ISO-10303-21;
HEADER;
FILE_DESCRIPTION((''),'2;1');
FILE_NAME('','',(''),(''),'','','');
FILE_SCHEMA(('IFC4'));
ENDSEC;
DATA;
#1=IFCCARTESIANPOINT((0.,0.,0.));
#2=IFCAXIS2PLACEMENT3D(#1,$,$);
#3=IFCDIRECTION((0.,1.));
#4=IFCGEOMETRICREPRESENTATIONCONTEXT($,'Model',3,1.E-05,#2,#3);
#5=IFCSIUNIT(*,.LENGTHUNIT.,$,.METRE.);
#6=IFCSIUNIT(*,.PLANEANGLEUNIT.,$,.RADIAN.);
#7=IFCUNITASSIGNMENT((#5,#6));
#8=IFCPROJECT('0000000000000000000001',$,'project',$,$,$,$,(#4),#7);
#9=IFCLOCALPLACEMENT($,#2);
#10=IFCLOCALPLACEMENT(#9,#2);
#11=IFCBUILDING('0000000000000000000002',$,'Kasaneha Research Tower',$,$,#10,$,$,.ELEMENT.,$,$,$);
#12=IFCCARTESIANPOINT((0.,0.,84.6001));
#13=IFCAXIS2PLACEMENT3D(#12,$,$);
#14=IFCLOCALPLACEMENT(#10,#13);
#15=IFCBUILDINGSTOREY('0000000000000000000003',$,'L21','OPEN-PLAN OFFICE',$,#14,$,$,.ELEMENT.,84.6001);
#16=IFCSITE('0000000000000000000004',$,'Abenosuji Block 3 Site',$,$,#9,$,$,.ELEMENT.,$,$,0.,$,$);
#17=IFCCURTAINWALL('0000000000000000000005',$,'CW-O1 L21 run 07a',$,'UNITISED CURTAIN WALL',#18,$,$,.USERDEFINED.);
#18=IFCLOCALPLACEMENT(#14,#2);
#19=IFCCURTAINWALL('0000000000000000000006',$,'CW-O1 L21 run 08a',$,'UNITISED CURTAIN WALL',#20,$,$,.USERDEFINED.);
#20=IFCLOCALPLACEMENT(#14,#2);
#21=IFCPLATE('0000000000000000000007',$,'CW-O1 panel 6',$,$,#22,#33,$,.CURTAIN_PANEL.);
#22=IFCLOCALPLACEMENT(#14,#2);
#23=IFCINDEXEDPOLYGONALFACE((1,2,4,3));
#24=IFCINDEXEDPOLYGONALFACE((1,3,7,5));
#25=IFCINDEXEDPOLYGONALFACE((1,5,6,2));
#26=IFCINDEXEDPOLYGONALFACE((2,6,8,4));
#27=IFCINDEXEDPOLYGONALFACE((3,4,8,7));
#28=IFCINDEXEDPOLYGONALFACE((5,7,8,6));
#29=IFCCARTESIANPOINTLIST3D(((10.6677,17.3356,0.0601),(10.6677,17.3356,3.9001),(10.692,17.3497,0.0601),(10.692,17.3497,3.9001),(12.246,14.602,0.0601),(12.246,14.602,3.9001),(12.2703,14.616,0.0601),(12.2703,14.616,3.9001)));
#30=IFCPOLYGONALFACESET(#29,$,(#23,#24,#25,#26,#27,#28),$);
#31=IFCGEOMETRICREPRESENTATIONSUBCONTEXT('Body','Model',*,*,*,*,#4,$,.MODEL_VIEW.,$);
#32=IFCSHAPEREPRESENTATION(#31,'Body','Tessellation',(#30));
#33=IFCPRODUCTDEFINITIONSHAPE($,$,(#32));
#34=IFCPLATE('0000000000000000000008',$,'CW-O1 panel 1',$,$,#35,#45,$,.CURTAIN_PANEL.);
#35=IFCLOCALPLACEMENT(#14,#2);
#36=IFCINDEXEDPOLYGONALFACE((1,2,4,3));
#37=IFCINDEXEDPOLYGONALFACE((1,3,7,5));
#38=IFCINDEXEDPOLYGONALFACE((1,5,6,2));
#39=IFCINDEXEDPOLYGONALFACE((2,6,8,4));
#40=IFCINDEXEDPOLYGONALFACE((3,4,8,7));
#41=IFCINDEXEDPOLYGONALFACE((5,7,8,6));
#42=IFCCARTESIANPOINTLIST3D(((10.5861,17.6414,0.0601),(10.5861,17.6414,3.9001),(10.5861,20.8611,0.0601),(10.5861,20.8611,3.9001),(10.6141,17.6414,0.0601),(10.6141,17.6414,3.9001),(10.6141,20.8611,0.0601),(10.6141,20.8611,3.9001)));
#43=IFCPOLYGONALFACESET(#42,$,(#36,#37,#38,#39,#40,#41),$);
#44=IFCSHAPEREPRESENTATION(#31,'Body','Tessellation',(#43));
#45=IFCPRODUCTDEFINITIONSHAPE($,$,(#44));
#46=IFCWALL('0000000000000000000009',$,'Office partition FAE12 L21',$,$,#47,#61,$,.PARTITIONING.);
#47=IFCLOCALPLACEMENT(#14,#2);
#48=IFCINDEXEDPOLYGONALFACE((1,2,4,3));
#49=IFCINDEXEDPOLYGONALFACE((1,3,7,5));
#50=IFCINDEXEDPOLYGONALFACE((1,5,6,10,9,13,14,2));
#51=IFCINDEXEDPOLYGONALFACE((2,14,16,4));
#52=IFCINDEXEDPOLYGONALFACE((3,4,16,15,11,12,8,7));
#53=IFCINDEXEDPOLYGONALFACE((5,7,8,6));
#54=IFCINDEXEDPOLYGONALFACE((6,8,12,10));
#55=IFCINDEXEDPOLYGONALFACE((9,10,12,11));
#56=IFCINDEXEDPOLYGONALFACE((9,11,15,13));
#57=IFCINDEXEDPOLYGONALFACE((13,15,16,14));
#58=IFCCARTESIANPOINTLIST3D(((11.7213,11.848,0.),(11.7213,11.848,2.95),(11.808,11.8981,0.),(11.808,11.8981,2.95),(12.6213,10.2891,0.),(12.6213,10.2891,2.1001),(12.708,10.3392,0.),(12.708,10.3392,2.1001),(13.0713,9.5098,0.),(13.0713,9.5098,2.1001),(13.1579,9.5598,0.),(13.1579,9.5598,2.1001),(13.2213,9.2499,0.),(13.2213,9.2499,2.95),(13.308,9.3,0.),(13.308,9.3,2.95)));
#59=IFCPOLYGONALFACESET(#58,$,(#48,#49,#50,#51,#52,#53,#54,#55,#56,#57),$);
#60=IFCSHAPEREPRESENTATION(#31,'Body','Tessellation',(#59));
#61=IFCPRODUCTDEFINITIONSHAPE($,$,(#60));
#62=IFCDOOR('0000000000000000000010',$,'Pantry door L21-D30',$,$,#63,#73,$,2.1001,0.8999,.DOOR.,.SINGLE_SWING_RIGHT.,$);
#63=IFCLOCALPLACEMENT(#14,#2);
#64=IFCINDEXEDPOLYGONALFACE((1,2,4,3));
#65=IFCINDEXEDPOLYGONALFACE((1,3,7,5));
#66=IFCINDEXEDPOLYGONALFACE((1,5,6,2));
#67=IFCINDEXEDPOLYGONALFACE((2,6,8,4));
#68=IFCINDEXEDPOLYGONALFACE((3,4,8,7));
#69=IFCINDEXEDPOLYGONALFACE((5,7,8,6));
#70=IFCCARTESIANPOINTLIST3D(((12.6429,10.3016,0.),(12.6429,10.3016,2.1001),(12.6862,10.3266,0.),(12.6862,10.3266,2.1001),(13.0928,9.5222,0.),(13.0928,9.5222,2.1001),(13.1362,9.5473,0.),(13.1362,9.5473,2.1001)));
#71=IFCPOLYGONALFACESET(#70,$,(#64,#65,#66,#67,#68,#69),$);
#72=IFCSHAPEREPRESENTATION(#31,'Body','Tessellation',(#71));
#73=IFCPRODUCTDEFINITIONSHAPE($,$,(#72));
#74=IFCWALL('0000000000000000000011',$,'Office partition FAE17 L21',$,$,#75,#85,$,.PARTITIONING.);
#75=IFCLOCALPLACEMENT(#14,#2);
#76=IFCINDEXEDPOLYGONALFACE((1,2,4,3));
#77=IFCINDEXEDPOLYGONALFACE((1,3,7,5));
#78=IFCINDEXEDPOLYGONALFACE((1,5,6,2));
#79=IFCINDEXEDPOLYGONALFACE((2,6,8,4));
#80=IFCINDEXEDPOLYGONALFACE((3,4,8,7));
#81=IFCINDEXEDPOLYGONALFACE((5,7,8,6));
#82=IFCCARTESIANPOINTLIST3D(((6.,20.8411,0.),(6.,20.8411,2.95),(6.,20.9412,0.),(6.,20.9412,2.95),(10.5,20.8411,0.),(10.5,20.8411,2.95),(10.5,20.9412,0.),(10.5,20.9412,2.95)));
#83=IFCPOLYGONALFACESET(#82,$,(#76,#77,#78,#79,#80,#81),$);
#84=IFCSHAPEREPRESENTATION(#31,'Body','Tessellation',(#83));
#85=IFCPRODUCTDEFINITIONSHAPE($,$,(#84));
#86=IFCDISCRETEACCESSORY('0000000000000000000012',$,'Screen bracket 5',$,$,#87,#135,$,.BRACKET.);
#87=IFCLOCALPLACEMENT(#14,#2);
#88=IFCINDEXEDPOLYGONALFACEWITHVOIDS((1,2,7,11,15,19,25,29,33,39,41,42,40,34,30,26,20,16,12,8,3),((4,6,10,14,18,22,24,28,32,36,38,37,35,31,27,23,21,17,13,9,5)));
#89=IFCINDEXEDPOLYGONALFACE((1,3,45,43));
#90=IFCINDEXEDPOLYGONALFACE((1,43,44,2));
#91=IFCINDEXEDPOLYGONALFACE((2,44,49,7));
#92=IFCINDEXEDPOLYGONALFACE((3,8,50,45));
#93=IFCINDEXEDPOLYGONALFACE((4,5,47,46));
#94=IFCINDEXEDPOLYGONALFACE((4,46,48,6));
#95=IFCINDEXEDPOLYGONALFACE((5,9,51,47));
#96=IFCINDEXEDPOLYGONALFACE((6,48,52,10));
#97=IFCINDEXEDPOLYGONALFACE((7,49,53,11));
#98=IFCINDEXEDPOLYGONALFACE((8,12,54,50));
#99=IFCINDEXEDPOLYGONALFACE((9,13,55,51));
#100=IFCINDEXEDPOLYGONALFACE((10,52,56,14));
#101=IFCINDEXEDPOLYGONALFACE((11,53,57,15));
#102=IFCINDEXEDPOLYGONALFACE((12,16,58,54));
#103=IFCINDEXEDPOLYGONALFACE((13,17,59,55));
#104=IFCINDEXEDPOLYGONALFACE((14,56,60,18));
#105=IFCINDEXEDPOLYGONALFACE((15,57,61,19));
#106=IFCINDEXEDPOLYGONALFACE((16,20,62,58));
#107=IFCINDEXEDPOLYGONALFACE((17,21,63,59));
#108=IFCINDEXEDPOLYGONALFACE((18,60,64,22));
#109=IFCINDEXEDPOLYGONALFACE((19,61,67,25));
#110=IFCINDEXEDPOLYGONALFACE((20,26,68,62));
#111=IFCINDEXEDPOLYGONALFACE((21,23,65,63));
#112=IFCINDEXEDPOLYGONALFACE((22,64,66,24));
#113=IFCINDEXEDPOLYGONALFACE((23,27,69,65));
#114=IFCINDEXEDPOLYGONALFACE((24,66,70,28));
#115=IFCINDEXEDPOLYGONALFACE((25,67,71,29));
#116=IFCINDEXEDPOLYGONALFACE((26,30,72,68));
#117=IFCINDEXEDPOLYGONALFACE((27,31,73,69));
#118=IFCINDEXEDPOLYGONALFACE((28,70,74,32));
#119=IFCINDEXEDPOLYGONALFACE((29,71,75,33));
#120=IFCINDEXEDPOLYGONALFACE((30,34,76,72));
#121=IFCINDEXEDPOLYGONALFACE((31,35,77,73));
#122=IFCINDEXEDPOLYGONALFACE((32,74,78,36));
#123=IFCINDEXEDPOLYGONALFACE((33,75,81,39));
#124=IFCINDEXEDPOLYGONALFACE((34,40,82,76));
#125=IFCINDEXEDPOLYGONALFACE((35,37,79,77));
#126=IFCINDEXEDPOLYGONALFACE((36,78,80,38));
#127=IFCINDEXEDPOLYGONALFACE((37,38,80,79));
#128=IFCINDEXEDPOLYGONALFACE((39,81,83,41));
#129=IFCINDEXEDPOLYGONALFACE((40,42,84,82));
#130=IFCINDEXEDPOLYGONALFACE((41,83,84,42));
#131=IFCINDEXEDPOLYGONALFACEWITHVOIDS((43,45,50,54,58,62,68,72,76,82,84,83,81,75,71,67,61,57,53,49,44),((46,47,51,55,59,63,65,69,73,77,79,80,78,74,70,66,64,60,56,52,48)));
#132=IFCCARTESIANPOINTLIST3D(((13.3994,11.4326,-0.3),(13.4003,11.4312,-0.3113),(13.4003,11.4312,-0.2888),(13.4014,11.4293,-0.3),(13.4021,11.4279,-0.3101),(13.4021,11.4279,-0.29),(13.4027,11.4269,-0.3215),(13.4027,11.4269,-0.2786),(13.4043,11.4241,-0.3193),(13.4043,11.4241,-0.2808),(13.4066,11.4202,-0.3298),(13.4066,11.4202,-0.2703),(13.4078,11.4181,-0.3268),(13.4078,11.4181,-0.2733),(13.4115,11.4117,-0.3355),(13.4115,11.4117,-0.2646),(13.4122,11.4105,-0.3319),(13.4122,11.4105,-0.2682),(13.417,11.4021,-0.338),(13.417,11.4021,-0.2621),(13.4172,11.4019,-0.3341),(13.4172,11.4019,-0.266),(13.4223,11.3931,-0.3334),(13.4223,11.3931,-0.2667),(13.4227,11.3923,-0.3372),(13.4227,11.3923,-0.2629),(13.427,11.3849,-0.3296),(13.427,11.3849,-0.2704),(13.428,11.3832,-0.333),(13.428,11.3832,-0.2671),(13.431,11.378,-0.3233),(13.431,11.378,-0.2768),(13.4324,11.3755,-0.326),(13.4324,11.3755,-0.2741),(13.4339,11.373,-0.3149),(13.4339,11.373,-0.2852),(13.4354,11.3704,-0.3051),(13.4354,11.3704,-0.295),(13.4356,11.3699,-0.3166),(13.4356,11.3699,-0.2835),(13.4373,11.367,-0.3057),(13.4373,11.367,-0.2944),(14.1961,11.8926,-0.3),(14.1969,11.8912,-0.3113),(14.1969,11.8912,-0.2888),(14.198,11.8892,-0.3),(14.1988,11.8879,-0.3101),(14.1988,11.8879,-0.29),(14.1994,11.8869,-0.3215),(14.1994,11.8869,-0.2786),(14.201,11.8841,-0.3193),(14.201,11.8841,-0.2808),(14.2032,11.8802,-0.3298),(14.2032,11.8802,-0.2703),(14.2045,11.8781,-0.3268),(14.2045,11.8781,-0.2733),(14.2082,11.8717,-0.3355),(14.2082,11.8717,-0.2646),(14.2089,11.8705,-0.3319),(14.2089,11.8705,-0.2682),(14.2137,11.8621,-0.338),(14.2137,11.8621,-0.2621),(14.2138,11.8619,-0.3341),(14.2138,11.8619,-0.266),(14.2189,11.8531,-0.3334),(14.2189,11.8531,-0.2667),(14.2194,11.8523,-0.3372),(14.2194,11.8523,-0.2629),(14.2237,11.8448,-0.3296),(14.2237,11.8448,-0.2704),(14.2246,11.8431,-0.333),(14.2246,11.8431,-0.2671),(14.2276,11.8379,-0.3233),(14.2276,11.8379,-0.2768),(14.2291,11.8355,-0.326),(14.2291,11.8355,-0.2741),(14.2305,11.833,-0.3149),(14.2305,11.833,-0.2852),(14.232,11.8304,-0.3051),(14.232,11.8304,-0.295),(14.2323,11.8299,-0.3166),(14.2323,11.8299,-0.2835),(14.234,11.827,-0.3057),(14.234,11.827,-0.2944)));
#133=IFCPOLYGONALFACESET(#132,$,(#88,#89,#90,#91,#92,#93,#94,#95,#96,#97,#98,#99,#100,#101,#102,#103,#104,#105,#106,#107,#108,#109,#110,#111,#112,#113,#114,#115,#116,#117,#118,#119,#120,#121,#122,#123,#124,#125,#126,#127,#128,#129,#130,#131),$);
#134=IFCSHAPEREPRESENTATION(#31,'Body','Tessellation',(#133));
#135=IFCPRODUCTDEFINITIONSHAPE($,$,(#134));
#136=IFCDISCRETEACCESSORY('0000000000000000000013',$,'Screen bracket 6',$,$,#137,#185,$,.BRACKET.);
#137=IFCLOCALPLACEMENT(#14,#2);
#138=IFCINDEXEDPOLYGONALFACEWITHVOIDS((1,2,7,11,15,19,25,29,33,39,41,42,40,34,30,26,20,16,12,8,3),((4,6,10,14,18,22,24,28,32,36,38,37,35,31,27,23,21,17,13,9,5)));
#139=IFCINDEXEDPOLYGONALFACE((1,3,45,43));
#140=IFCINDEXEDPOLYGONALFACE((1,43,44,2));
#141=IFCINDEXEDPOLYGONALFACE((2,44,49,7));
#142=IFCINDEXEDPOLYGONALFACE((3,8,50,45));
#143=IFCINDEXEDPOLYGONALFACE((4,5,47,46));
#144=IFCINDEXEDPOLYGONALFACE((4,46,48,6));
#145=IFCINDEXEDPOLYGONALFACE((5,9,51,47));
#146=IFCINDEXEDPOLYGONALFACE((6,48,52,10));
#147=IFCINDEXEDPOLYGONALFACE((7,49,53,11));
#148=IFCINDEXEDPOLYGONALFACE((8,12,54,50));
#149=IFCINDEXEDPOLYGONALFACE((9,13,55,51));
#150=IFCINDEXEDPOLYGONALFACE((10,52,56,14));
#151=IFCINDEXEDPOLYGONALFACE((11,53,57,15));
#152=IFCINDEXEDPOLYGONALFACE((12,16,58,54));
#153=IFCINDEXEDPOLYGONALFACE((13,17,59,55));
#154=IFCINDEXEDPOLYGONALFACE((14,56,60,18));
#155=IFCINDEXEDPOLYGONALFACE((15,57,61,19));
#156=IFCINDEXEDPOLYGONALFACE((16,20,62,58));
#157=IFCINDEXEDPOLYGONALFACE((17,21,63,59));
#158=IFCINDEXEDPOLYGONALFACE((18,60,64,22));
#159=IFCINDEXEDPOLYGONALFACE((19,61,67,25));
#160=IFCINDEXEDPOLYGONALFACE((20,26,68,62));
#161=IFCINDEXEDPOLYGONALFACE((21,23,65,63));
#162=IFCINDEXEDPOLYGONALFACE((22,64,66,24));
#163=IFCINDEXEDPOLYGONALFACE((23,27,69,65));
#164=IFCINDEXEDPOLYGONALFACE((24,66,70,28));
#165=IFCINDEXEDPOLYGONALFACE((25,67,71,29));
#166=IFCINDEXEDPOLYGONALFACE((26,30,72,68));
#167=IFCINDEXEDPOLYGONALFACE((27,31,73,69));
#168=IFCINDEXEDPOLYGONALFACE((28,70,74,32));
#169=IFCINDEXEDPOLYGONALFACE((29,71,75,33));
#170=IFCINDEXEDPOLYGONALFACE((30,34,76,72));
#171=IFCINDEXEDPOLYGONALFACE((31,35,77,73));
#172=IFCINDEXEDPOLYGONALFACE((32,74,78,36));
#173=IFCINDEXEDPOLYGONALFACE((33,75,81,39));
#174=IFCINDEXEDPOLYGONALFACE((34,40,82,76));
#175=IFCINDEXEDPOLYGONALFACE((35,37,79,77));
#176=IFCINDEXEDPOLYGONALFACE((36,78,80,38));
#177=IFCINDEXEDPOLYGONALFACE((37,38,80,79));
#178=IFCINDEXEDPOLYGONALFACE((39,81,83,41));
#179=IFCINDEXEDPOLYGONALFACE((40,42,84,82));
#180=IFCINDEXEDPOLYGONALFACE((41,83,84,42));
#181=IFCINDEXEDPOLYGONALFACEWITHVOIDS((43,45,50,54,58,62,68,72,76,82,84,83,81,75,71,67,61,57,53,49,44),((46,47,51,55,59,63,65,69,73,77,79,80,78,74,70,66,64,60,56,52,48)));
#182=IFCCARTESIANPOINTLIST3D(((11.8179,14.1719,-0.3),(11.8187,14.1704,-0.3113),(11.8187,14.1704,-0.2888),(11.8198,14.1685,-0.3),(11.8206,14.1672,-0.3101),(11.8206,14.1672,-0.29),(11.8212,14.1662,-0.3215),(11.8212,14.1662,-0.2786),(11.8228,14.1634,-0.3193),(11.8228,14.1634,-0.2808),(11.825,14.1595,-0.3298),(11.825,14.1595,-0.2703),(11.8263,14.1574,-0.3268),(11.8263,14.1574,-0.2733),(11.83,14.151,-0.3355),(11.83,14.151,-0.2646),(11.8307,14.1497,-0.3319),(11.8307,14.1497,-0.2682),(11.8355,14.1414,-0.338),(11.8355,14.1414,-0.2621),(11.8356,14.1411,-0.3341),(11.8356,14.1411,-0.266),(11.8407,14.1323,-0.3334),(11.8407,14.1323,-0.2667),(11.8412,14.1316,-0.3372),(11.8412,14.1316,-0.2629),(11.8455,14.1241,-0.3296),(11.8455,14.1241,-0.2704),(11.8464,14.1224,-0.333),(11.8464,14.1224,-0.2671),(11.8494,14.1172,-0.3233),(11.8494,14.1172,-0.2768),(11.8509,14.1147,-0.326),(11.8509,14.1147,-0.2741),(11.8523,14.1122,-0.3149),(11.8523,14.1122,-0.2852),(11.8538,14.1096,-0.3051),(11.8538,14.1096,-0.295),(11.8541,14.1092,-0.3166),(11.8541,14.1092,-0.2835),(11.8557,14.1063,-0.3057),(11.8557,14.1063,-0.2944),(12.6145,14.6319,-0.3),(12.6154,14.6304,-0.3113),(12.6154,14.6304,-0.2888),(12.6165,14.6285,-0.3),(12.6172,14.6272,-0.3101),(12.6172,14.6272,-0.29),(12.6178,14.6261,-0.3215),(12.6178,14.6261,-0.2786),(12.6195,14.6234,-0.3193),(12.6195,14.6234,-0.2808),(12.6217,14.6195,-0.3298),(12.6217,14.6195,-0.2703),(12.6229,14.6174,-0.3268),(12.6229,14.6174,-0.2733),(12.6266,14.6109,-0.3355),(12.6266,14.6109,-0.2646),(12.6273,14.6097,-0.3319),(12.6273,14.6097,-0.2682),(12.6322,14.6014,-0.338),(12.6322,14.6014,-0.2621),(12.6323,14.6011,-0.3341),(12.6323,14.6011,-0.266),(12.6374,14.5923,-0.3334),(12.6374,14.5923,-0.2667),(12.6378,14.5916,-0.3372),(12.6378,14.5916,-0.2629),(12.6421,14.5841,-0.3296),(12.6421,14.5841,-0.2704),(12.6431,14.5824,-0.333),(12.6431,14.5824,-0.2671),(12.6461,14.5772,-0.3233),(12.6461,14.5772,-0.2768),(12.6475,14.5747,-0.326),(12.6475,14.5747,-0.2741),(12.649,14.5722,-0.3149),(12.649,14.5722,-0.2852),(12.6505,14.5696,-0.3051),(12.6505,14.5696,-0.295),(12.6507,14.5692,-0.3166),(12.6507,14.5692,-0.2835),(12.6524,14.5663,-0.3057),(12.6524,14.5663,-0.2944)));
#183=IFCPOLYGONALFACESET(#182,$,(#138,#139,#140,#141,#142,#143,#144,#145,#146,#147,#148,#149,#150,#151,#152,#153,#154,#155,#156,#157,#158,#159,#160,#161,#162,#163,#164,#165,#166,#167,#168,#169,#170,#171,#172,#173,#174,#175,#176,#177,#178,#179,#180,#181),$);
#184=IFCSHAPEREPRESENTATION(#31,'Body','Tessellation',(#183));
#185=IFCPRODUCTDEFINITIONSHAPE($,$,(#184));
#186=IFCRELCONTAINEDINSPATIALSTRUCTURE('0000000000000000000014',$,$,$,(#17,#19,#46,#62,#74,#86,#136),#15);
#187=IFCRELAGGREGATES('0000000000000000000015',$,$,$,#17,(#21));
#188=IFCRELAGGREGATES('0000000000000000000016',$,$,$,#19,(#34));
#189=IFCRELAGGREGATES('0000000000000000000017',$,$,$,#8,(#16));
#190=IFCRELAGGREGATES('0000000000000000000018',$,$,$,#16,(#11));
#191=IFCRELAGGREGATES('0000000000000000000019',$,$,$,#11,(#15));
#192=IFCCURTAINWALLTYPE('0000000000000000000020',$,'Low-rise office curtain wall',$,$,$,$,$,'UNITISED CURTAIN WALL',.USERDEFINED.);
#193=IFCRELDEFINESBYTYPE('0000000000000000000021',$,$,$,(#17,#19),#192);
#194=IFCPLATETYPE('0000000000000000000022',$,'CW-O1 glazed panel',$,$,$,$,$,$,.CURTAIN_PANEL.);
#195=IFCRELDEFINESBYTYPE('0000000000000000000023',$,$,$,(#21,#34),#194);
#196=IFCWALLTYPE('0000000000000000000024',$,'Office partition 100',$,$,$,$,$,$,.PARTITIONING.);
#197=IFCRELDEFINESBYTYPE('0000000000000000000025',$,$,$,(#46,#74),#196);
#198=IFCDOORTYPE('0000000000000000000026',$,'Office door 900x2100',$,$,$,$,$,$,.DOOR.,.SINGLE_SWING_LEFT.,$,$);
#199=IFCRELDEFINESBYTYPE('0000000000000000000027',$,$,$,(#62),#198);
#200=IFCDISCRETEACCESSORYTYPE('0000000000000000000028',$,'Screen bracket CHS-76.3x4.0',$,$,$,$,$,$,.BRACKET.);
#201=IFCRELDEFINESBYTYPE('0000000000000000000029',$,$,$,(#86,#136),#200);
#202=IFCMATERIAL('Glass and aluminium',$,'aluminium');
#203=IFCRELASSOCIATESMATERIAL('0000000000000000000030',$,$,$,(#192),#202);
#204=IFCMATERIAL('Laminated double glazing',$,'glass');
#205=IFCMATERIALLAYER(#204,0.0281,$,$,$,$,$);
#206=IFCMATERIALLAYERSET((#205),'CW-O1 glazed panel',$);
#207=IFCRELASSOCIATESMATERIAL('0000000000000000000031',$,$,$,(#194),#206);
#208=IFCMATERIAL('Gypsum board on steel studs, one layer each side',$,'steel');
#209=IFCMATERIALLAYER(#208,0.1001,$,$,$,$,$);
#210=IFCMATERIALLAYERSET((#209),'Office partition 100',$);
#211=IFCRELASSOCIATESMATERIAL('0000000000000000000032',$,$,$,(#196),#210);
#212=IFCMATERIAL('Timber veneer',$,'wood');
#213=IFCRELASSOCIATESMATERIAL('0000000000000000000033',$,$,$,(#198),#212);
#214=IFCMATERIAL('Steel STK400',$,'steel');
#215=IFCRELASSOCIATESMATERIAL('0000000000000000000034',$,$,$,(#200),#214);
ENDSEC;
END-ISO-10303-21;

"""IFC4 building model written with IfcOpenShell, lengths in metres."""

from ifc_helpers import new_model, si_unit, direction, frame, frame_2d, origin, origin_2d, place, context, subcontext, project, spatial, rectangle, hollow_circle, extrude, material, layer, layer_set, material_profile, profile_set, type_object, element, fill, aggregate, save


model = new_model("IFC4")

# Units and contexts
model_context = context("Model", 3, precision=1e-05, world=origin(), true_north=direction((0.0, 1.0)))
body_context = subcontext(model_context, "Body", "Model", "MODEL_VIEW")
ifc_project = project(units=[si_unit("LENGTHUNIT", "METRE"), si_unit("PLANEANGLEUNIT", "RADIAN")], contexts=[model_context])

# Site, building, storey
site_placement = place(None, origin())
site = spatial("IfcSite", under=ifc_project, at=site_placement, Name="Abenosuji Block 3 Site", CompositionType="ELEMENT", RefElevation=0.0)
building_placement = place(site_placement, origin())
building = spatial("IfcBuilding", under=site, at=building_placement, Name="Kasaneha Research Tower", CompositionType="ELEMENT")
storey_placement = place(building_placement, frame((0.0, 0.0, 84.6001)))
storey = spatial("IfcBuildingStorey", under=building, at=storey_placement, Name="L21", Description="OPEN-PLAN OFFICE", CompositionType="ELEMENT", Elevation=84.6001)

# Curtain walls
ifc_material_1 = material(Name="Glass and aluminium", Category="aluminium")
curtain_wall_type = type_object("IfcCurtainWallType", Name="Low-rise office curtain wall", ElementType="UNITISED CURTAIN WALL", PredefinedType="USERDEFINED", material=ifc_material_1)
curtain_wall_1_placement = place(storey_placement, origin())
curtain_wall_1 = element("IfcCurtainWall", 1, at=curtain_wall_1_placement, inside=storey, type_object=curtain_wall_type, Name="CW-O1 L21 run 07a", ObjectType="UNITISED CURTAIN WALL", PredefinedType="USERDEFINED")
curtain_wall_2_placement = place(storey_placement, origin())
curtain_wall_2 = element("IfcCurtainWall", 2, at=curtain_wall_2_placement, inside=storey, type_object=curtain_wall_type, Name="CW-O1 L21 run 08a", ObjectType="UNITISED CURTAIN WALL", PredefinedType="USERDEFINED")

# Plates
ifc_material_2 = material(Name="Laminated double glazing", Category="glass")
ifc_layer_1 = layer(ifc_material_2, 0.0281)
ifc_layer_set_1 = layer_set([ifc_layer_1], Name="CW-O1 glazed panel")
plate_type = type_object("IfcPlateType", Name="CW-O1 glazed panel", PredefinedType="CURTAIN_PANEL", material=ifc_layer_set_1)
plate_1_placement = place(storey_placement, frame((11.469, 15.9758, 0.0601), z_axis=(0.0, 0.0, 1.0), x_axis=(-0.5, 0.866025, 0.0)))
plate_1 = element("IfcPlate", 3, at=plate_1_placement, type_object=plate_type, Name="CW-O1 panel 6", PredefinedType="CURTAIN_PANEL", context=body_context, shape_type="SweptSolid", body=[
    extrude(rectangle(XDim=3.1565, YDim=0.0281, at=origin_2d()), origin(), (0.0, 0.0, 1.0), 3.8401),
])
aggregate(curtain_wall_1, [plate_1])
plate_2_placement = place(storey_placement, frame((10.6001, 19.2512, 0.0601), z_axis=(0.0, 0.0, 1.0), x_axis=(0.0, 1.0, 0.0)))
plate_2 = element("IfcPlate", 4, at=plate_2_placement, type_object=plate_type, Name="CW-O1 panel 1", PredefinedType="CURTAIN_PANEL", context=body_context, shape_type="SweptSolid", body=[
    extrude(rectangle(XDim=3.2197, YDim=0.0281, at=origin_2d()), origin(), (0.0, 0.0, 1.0), 3.8401),
])
aggregate(curtain_wall_2, [plate_2])

# Wall, opening, door
ifc_material_3 = material(Name="Gypsum board on steel studs, one layer each side", Category="steel")
ifc_layer_2 = layer(ifc_material_3, 0.1001)
ifc_layer_set_2 = layer_set([ifc_layer_2], Name="Office partition 100")
wall_type = type_object("IfcWallType", Name="Office partition 100", PredefinedType="PARTITIONING", material=ifc_layer_set_2)
wall_1_placement = place(storey_placement, frame((11.7646, 11.873, 0.0), z_axis=(0.0, 0.0, 1.0), x_axis=(0.49999, -0.866031, 0.0)))
wall_1 = element("IfcWall", 5, at=wall_1_placement, inside=storey, type_object=wall_type, Name="Office partition FAE12 L21", PredefinedType="PARTITIONING", context=body_context, shape_type="SweptSolid", body=[
    extrude(rectangle(XDim=3.0, YDim=0.1001, at=frame_2d((1.5, 0.0))), origin(), (0.0, 0.0, 1.0), 2.95),
])
opening_placement = place(wall_1_placement, frame((1.8, 0.0, 0.0)))
opening = element("IfcOpeningElement", 6, at=opening_placement, cuts=wall_1, PredefinedType="OPENING", context=body_context, shape_type="SweptSolid", body=[
    extrude(rectangle(XDim=0.8999, YDim=2.1001, at=frame_2d((0.45, 1.05))), frame((0.0, 0.0601, 0.0), z_axis=(0.0, -1.0, 0.0), x_axis=(1.0, 0.0, 0.0)), (0.0, 0.0, 1.0), 0.1201),
])
ifc_material_4 = material(Name="Timber veneer", Category="wood")
door_type = type_object("IfcDoorType", Name="Office door 900x2100", OperationType="SINGLE_SWING_LEFT", PredefinedType="DOOR", material=ifc_material_4)
door_placement = place(opening_placement, origin())
door = element("IfcDoor", 7, at=door_placement, inside=storey, type_object=door_type, Name="Pantry door L21-D30", OperationType="SINGLE_SWING_RIGHT", OverallHeight=2.1001, OverallWidth=0.8999, PredefinedType="DOOR", context=body_context, shape_type="SweptSolid", body=[
    extrude(rectangle(XDim=0.8999, YDim=2.1001, at=frame_2d((0.45, 1.05))), frame((0.0, 0.0249, 0.0), z_axis=(0.0, -1.0, 0.0), x_axis=(1.0, 0.0, 0.0)), (0.0, 0.0, 1.0), 0.05),
])
fill(opening, door)

# Wall
wall_2_placement = place(storey_placement, frame((10.5, 20.8911, 0.0), z_axis=(0.0, 0.0, 1.0), x_axis=(-1.0, 0.0, 0.0)))
element("IfcWall", 8, at=wall_2_placement, inside=storey, type_object=wall_type, Name="Office partition FAE17 L21", PredefinedType="PARTITIONING", context=body_context, shape_type="SweptSolid", body=[
    extrude(rectangle(XDim=4.5, YDim=0.1001, at=frame_2d((2.25, 0.0))), origin(), (0.0, 0.0, 1.0), 2.95),
])

# Discrete accessories
ifc_material_5 = material(Name="Steel STK400", Category="steel")
ifc_material_profile_1 = material_profile(ifc_material_5, hollow_circle(Radius=0.0381, WallThickness=0.0039, at=origin_2d()), Name="CHS-76.3x4.0")
ifc_profile_set_1 = profile_set([ifc_material_profile_1], Name="Steel STK400")
discrete_accessory_type = type_object("IfcDiscreteAccessoryType", Name="Screen bracket CHS-76.3x4.0", PredefinedType="BRACKET", material=ifc_profile_set_1)
for number, where, z_axis, x_axis, name in (
    (9, (13.4185, 11.3997, -0.3), (0.866013, 0.500021, 0.0), (-0.500021, 0.866013, 0.0), "Screen bracket 5"),
    (10, (11.8369, 14.1389, -0.3), (0.866013, 0.500021, 0.0), (-0.500021, 0.866013, 0.0), "Screen bracket 6"),
):
    element("IfcDiscreteAccessory", number, at=place(storey_placement, frame(where, z_axis=z_axis, x_axis=x_axis)), inside=storey, type_object=discrete_accessory_type, Name=name, PredefinedType="BRACKET", context=body_context, shape_type="SweptSolid", body=[
        extrude(hollow_circle(Radius=0.0381, WallThickness=0.0039, at=origin_2d()), origin(), (0.0, 0.0, 1.0), 0.9199),
    ])

save(model, "model.ifc")
